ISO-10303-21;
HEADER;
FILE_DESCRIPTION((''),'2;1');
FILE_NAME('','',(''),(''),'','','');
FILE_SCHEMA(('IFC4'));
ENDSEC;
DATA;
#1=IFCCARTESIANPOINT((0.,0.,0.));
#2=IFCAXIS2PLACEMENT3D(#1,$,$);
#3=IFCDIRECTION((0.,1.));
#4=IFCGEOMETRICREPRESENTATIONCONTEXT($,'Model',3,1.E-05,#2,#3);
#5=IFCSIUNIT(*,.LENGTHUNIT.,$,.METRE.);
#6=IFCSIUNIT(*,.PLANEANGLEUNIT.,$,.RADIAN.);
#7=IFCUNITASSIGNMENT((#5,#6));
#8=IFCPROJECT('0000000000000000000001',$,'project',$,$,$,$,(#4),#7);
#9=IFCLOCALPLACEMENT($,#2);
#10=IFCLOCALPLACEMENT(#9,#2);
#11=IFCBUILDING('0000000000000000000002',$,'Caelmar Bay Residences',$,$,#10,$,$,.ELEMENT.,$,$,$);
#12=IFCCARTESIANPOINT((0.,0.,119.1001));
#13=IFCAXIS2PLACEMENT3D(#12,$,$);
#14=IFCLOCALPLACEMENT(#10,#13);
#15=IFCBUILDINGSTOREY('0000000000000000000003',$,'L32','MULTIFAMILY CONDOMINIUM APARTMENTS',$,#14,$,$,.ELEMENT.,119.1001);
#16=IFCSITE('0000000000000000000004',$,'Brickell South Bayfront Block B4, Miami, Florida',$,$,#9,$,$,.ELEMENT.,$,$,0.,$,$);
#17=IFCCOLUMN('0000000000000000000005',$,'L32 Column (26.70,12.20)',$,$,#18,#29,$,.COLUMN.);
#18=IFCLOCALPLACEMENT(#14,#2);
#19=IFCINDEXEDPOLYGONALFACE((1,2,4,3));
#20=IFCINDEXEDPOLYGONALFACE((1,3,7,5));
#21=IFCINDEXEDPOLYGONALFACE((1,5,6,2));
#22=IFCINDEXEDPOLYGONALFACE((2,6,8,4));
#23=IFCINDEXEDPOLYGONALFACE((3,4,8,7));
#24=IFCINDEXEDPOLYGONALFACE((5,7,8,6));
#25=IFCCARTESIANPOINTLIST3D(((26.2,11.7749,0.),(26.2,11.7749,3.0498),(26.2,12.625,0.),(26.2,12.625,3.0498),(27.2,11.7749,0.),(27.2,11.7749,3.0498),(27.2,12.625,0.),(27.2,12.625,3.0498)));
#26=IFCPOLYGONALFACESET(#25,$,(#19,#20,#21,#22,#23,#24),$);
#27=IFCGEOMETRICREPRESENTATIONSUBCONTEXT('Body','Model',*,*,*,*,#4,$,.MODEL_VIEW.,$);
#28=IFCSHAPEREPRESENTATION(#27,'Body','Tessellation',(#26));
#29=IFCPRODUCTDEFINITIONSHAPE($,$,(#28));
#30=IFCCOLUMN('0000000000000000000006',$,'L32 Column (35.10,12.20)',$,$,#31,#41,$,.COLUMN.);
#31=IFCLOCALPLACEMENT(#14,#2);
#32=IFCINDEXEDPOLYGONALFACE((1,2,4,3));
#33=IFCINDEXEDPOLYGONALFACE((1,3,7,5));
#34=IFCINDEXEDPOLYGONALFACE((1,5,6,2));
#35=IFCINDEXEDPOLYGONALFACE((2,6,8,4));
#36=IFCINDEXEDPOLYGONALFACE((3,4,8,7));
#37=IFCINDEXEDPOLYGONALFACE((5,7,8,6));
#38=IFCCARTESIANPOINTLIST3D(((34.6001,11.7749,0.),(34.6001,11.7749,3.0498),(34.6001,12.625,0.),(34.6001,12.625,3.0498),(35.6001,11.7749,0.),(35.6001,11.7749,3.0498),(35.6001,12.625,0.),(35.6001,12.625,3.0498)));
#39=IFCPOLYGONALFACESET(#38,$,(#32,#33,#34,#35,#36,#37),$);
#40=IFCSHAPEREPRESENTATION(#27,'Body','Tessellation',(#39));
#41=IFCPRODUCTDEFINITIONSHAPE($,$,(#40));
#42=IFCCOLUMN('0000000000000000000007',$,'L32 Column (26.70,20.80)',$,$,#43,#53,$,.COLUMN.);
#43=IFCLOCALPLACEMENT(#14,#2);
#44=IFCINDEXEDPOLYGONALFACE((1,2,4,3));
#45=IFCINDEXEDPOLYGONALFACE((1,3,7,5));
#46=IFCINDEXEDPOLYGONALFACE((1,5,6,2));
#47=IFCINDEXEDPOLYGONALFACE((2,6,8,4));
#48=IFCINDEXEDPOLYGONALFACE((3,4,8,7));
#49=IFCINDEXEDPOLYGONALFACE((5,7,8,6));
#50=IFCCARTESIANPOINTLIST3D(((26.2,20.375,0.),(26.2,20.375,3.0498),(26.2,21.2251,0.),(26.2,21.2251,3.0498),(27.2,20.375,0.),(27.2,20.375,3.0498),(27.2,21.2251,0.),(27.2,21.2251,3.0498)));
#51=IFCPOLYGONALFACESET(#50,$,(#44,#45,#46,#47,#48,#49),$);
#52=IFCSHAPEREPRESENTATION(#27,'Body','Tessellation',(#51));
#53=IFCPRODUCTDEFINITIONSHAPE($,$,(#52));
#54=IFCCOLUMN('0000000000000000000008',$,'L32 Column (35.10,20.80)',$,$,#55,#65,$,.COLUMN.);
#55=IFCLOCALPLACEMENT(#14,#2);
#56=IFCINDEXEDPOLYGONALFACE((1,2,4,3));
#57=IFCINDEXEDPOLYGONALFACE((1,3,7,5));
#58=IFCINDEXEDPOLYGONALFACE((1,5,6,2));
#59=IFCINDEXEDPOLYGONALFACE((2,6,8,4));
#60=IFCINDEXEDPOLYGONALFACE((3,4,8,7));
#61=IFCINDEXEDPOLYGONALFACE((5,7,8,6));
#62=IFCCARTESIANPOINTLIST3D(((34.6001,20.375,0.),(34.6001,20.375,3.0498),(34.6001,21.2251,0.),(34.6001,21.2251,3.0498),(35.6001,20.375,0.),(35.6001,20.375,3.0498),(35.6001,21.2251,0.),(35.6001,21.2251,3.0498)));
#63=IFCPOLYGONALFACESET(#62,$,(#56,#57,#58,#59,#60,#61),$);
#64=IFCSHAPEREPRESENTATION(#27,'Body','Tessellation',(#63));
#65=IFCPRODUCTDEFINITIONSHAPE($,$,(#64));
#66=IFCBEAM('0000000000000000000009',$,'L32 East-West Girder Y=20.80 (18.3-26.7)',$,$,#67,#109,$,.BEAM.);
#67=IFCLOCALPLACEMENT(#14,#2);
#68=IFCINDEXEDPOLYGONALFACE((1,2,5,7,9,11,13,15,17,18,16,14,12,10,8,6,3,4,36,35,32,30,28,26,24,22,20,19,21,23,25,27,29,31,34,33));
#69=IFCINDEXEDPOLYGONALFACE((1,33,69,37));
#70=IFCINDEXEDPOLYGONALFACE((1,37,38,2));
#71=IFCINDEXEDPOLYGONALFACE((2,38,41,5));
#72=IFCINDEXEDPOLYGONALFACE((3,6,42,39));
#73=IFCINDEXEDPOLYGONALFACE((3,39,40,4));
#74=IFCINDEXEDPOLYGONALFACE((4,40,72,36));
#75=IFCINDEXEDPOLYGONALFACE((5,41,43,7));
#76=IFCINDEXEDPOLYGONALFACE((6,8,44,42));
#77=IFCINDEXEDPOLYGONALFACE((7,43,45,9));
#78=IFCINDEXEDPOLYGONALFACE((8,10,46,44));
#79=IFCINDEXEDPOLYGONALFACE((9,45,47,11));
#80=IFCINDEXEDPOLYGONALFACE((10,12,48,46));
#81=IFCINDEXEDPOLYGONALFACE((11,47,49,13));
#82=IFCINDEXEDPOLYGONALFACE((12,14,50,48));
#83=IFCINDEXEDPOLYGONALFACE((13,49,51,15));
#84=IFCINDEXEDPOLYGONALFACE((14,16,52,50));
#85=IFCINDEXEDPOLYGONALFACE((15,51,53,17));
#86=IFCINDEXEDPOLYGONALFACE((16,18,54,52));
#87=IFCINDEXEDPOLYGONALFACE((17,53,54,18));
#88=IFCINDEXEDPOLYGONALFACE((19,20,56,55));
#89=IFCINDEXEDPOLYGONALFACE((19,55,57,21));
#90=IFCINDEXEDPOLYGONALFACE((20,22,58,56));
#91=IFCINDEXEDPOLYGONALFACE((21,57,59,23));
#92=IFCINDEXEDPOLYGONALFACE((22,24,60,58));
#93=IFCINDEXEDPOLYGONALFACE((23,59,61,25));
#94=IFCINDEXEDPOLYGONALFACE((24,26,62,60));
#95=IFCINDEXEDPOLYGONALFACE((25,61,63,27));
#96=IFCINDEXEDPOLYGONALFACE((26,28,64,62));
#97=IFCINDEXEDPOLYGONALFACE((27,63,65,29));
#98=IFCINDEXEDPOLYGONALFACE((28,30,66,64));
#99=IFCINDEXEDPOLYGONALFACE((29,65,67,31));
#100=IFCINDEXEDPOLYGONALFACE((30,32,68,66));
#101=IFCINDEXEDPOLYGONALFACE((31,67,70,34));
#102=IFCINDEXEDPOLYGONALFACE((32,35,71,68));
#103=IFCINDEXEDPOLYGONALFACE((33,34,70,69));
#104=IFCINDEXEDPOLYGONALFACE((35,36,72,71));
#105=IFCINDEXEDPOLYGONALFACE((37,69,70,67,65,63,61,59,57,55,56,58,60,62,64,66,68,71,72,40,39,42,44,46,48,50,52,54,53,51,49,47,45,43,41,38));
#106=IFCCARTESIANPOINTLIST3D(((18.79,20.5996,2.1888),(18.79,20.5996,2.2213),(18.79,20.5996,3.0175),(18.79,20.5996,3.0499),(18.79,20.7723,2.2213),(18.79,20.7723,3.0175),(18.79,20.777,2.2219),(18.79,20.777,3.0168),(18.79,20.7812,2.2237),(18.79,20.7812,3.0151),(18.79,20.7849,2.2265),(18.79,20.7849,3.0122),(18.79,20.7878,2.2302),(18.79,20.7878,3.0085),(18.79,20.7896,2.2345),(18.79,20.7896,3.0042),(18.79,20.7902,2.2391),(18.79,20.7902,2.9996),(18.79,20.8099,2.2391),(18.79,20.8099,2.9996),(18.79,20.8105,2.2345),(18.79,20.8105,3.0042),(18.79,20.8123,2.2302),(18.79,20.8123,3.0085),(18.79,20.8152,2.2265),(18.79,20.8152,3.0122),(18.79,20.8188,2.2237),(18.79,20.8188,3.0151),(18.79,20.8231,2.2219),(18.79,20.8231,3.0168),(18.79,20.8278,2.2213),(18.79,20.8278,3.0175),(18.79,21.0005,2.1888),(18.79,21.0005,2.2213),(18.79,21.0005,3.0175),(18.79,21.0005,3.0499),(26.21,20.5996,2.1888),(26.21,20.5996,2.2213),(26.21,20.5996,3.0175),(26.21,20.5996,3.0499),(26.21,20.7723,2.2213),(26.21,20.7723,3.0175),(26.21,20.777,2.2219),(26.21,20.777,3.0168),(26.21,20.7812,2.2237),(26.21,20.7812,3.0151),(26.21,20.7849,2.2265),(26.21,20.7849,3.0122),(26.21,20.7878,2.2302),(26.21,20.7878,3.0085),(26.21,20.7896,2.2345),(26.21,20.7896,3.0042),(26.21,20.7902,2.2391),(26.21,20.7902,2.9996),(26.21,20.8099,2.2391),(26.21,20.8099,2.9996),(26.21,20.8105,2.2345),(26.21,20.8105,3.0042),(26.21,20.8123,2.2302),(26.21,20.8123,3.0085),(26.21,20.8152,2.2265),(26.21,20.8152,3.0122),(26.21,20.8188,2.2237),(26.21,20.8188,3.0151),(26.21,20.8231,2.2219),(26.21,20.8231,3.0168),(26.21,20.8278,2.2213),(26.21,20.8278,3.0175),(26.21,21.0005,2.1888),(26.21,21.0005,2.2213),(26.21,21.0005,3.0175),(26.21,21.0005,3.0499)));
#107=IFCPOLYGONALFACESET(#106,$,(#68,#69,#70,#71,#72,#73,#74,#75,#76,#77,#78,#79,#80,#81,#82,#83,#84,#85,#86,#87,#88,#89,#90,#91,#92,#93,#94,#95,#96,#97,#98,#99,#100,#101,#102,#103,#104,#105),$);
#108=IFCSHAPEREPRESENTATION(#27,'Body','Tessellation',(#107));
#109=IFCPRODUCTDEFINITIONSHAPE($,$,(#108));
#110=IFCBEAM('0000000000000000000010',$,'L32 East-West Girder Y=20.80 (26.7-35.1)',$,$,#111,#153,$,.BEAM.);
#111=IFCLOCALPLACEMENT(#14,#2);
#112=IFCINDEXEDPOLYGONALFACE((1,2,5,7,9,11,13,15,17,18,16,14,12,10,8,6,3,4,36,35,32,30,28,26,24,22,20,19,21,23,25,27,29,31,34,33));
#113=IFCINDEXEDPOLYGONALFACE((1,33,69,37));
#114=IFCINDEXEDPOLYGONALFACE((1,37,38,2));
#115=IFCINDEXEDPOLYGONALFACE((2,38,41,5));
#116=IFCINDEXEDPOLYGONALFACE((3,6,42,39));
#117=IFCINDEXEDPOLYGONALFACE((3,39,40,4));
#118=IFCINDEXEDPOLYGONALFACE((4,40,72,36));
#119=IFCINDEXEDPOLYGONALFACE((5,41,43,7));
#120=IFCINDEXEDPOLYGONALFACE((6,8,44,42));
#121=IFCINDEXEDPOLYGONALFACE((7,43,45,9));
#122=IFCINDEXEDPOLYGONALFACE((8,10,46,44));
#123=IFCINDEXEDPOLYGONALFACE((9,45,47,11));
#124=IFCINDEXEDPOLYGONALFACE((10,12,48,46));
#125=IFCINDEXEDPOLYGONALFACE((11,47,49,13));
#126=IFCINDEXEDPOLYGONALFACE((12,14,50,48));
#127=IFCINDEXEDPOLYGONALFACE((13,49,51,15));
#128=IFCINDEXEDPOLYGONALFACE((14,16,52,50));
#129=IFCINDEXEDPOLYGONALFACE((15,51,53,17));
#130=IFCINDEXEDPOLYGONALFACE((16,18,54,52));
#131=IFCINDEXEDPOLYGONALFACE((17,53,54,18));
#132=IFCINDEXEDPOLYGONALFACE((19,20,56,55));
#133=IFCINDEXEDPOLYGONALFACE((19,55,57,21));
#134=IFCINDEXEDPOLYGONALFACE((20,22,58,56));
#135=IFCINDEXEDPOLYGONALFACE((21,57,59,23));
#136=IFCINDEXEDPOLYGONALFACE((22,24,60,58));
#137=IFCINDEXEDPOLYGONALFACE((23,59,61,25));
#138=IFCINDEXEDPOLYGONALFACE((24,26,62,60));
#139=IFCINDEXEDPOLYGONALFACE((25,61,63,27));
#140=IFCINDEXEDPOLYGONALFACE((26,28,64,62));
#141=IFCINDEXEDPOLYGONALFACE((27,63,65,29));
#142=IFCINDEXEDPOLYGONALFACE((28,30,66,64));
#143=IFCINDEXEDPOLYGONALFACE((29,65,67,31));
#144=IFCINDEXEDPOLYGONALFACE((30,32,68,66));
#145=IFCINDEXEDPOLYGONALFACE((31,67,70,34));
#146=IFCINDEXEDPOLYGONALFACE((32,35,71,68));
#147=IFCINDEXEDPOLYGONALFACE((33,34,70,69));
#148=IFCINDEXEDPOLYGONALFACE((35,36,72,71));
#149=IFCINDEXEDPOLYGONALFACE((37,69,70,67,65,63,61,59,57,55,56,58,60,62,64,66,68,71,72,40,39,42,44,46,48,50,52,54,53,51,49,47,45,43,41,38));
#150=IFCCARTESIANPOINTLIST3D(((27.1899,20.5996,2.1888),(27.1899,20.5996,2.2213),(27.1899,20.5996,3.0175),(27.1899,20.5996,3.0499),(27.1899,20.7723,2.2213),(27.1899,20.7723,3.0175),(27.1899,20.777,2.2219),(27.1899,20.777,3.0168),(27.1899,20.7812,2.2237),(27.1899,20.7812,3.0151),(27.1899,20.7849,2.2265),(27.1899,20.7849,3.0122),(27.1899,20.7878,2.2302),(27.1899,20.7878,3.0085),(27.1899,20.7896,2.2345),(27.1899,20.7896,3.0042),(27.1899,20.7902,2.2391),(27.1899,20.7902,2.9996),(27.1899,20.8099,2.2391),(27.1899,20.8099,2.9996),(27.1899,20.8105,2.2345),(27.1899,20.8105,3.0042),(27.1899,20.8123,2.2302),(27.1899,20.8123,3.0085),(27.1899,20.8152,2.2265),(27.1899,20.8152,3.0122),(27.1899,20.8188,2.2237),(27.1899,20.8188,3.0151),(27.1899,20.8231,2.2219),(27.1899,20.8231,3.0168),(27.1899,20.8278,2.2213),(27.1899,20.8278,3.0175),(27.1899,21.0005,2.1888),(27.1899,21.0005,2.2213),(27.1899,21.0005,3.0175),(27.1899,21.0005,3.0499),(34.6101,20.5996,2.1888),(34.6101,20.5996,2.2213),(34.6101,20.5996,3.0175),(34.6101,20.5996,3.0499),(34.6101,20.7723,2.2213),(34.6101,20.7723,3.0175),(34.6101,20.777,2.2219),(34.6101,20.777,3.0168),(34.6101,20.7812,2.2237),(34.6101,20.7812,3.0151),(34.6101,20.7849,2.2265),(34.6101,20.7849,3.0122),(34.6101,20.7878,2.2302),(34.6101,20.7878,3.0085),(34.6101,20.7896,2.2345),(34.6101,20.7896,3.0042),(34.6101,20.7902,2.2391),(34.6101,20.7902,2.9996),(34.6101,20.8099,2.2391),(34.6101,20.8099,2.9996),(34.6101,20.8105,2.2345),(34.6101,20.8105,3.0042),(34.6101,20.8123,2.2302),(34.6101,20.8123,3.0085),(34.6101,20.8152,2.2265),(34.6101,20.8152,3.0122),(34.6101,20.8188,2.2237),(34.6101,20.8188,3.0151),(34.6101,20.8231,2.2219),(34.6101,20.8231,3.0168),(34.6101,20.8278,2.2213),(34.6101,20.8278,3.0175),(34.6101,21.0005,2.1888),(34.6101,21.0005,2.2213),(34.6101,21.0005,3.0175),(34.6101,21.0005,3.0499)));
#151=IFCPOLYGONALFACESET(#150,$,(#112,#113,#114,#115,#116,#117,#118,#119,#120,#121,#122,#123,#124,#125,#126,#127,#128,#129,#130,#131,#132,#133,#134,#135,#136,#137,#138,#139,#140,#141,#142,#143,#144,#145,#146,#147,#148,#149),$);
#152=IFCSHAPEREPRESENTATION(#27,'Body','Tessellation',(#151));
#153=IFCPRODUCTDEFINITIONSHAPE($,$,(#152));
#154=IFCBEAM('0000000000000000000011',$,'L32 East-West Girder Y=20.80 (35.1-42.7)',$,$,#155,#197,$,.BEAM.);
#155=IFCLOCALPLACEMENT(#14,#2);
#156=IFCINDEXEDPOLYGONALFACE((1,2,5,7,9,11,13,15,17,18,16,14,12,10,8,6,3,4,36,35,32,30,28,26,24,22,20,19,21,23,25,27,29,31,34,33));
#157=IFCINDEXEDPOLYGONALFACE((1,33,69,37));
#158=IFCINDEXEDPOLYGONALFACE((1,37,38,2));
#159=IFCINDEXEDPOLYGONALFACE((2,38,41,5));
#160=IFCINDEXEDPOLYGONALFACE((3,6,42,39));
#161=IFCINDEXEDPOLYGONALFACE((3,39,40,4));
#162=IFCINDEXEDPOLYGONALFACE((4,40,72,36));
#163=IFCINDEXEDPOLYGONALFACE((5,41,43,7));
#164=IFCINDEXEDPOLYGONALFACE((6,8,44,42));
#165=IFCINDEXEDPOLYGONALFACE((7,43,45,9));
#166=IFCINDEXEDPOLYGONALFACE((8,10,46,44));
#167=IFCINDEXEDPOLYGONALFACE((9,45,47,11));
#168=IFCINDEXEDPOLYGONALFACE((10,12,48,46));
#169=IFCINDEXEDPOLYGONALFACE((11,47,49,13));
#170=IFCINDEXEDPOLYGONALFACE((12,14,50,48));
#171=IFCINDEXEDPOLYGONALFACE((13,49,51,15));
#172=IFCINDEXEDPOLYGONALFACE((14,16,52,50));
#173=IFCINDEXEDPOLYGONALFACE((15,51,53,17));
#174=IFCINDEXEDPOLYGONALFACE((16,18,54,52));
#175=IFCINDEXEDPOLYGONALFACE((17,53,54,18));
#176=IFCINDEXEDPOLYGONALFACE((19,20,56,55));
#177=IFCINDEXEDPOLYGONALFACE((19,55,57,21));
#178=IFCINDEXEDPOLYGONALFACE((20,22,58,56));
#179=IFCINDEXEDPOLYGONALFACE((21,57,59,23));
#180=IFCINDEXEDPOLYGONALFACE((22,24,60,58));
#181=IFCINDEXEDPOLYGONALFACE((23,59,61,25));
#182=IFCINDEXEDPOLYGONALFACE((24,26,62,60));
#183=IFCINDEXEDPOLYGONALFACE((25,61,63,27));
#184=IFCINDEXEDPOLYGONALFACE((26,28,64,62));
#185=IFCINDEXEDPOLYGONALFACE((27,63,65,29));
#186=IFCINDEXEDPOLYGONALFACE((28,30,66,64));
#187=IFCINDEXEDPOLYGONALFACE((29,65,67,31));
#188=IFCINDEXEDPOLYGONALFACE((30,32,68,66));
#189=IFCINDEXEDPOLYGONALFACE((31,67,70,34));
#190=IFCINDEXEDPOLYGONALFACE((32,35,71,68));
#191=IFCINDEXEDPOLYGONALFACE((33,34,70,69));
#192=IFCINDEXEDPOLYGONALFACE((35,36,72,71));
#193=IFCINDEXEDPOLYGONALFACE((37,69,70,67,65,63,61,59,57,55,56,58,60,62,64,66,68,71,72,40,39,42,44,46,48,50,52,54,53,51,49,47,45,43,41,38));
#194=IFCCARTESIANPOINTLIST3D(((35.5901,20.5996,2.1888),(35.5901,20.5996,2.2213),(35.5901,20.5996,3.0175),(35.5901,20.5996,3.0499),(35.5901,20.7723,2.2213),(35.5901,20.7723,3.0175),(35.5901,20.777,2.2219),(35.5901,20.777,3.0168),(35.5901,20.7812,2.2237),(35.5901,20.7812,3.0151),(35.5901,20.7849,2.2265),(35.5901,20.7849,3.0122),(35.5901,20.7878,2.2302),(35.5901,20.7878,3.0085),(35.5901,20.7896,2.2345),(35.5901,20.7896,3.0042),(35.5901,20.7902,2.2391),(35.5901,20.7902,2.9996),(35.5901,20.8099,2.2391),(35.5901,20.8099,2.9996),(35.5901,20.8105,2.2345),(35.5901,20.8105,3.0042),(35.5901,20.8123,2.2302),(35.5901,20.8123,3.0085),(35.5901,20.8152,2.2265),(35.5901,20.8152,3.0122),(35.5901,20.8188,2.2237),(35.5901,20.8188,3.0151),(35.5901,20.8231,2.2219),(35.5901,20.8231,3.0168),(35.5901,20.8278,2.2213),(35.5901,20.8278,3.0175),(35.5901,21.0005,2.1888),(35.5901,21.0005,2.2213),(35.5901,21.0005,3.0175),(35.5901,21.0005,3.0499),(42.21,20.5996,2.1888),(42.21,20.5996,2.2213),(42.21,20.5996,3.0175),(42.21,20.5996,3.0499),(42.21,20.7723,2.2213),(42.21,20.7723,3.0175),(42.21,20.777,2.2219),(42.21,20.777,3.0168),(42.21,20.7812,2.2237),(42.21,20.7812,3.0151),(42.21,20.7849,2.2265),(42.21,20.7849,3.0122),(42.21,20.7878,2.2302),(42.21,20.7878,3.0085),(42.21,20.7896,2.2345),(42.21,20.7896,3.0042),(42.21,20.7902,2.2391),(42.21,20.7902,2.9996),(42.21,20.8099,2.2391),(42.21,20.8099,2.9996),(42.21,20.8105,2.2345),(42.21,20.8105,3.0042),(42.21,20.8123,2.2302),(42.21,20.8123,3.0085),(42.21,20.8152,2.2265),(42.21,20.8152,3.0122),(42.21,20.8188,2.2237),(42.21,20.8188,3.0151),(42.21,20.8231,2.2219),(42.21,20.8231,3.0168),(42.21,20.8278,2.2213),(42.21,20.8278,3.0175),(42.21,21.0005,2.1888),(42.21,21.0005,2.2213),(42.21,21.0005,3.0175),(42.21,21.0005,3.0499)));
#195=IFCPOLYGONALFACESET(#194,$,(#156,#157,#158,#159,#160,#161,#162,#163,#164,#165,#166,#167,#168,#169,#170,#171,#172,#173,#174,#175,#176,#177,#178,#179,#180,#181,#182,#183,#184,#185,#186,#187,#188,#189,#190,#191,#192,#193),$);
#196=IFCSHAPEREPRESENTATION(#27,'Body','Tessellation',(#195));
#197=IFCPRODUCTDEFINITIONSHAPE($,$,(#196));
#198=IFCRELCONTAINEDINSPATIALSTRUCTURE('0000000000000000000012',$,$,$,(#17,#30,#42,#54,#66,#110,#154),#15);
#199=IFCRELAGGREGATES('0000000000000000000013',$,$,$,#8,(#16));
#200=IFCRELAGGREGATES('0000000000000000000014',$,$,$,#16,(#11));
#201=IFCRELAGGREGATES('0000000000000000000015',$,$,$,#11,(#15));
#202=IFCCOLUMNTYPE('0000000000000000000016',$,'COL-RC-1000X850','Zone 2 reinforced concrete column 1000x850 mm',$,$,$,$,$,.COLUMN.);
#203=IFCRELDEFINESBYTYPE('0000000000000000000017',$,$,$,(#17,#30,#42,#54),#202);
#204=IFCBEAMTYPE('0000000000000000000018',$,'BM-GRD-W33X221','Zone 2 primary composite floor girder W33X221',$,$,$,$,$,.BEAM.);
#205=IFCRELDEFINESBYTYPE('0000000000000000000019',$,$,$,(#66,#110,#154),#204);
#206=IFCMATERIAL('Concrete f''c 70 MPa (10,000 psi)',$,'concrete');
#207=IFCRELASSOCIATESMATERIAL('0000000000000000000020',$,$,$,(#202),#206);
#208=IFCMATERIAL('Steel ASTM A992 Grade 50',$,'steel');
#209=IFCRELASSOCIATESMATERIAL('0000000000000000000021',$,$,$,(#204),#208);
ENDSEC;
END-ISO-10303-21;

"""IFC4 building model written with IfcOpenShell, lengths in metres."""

from ifc_helpers import new_model, si_unit, direction, frame, origin, origin_2d, place, context, subcontext, project, spatial, rectangle, i_section, extrude, material, material_profile, profile_set, type_object, element, save


model = new_model("IFC4")

# Units and contexts
model_context = context("Model", 3, precision=1e-05, world=origin(), true_north=direction((0.0, 1.0)))
body_context = subcontext(model_context, "Body", "Model", "MODEL_VIEW")
ifc_project = project(units=[si_unit("LENGTHUNIT", "METRE"), si_unit("PLANEANGLEUNIT", "RADIAN")], contexts=[model_context])

# Site, building, storey
site_placement = place(None, origin())
site = spatial("IfcSite", under=ifc_project, at=site_placement, Name="Brickell South Bayfront Block B4, Miami, Florida", CompositionType="ELEMENT", RefElevation=0.0)
building_placement = place(site_placement, origin())
building = spatial("IfcBuilding", under=site, at=building_placement, Name="Caelmar Bay Residences", CompositionType="ELEMENT")
storey_placement = place(building_placement, frame((0.0, 0.0, 119.1001)))
storey = spatial("IfcBuildingStorey", under=building, at=storey_placement, Name="L32", Description="MULTIFAMILY CONDOMINIUM APARTMENTS", CompositionType="ELEMENT", Elevation=119.1001)

# Columns
ifc_material_1 = material(Name="Concrete f'c 70 MPa (10,000 psi)", Category="concrete")
ifc_material_profile_1 = material_profile(ifc_material_1, rectangle(XDim=1.0, YDim=0.8501, at=origin_2d()), Name="RC-COL-1000X850")
ifc_profile_set_1 = profile_set([ifc_material_profile_1], Name="Concrete f'c 70 MPa (10,000 psi)")
column_type = type_object("IfcColumnType", Name="COL-RC-1000X850", Description="Zone 2 reinforced concrete column 1000x850 mm", PredefinedType="COLUMN", material=ifc_profile_set_1)
for number, where, z_axis, x_axis, name in (
    (1, (26.7, 12.2, 0.0), (0.0, 0.0, 1.0), (1.0, 0.0, 0.0), "L32 Column (26.70,12.20)"),
    (2, (35.1001, 12.2, 0.0), (0.0, 0.0, 1.0), (1.0, 0.0, 0.0), "L32 Column (35.10,12.20)"),
    (3, (26.7, 20.8, 0.0), (0.0, 0.0, 1.0), (1.0, 0.0, 0.0), "L32 Column (26.70,20.80)"),
    (4, (35.1001, 20.8, 0.0), (0.0, 0.0, 1.0), (1.0, 0.0, 0.0), "L32 Column (35.10,20.80)"),
):
    element("IfcColumn", number, at=place(storey_placement, frame(where, z_axis=z_axis, x_axis=x_axis)), inside=storey, type_object=column_type, Name=name, PredefinedType="COLUMN", context=body_context, shape_type="SweptSolid", body=[
        extrude(rectangle(XDim=1.0, YDim=0.8501, at=origin_2d()), origin(), (0.0, 0.0, 1.0), 3.0498),
    ])

# Beams
ifc_material_2 = material(Name="Steel ASTM A992 Grade 50", Category="steel")
ifc_material_profile_2 = material_profile(ifc_material_2, i_section(OverallWidth=0.4009, OverallDepth=0.8611, WebThickness=0.0198, FlangeThickness=0.0325, FilletRadius=0.0178, at=origin_2d()), Name="W33X221")
ifc_profile_set_2 = profile_set([ifc_material_profile_2], Name="Steel ASTM A992 Grade 50")
beam_type_1 = type_object("IfcBeamType", Name="BM-GRD-W33X221", Description="Zone 2 primary composite floor girder W33X221", PredefinedType="BEAM", material=ifc_profile_set_2)
beam_1_placement = place(storey_placement, frame((18.79, 20.8, 2.6194), z_axis=(1.0, 0.0, 0.0), x_axis=(0.0, 1.0, 0.0)))
element("IfcBeam", 5, at=beam_1_placement, inside=storey, type_object=beam_type_1, Name="L32 East-West Girder Y=20.80 (18.3-26.7)", PredefinedType="BEAM", context=body_context, shape_type="SweptSolid", body=[
    extrude(i_section(OverallWidth=0.4009, OverallDepth=0.8611, WebThickness=0.0198, FlangeThickness=0.0325, FilletRadius=0.0178, at=origin_2d()), origin(), (0.0, 0.0, 1.0), 7.4199),
])
beam_2_placement = place(storey_placement, frame((27.1899, 20.8, 2.6194), z_axis=(1.0, 0.0, 0.0), x_axis=(0.0, 1.0, 0.0)))
element("IfcBeam", 6, at=beam_2_placement, inside=storey, type_object=beam_type_1, Name="L32 East-West Girder Y=20.80 (26.7-35.1)", PredefinedType="BEAM", context=body_context, shape_type="SweptSolid", body=[
    extrude(i_section(OverallWidth=0.4009, OverallDepth=0.8611, WebThickness=0.0198, FlangeThickness=0.0325, FilletRadius=0.0178, at=origin_2d()), origin(), (0.0, 0.0, 1.0), 7.4202),
])
beam_3_placement = place(storey_placement, frame((35.5901, 20.8, 2.6194), z_axis=(1.0, 0.0, 0.0), x_axis=(0.0, 1.0, 0.0)))
element("IfcBeam", 7, at=beam_3_placement, inside=storey, type_object=beam_type_1, Name="L32 East-West Girder Y=20.80 (35.1-42.7)", PredefinedType="BEAM", context=body_context, shape_type="SweptSolid", body=[
    extrude(i_section(OverallWidth=0.4009, OverallDepth=0.8611, WebThickness=0.0198, FlangeThickness=0.0325, FilletRadius=0.0178, at=origin_2d()), origin(), (0.0, 0.0, 1.0), 6.6199),
])

save(model, "model.ifc")
